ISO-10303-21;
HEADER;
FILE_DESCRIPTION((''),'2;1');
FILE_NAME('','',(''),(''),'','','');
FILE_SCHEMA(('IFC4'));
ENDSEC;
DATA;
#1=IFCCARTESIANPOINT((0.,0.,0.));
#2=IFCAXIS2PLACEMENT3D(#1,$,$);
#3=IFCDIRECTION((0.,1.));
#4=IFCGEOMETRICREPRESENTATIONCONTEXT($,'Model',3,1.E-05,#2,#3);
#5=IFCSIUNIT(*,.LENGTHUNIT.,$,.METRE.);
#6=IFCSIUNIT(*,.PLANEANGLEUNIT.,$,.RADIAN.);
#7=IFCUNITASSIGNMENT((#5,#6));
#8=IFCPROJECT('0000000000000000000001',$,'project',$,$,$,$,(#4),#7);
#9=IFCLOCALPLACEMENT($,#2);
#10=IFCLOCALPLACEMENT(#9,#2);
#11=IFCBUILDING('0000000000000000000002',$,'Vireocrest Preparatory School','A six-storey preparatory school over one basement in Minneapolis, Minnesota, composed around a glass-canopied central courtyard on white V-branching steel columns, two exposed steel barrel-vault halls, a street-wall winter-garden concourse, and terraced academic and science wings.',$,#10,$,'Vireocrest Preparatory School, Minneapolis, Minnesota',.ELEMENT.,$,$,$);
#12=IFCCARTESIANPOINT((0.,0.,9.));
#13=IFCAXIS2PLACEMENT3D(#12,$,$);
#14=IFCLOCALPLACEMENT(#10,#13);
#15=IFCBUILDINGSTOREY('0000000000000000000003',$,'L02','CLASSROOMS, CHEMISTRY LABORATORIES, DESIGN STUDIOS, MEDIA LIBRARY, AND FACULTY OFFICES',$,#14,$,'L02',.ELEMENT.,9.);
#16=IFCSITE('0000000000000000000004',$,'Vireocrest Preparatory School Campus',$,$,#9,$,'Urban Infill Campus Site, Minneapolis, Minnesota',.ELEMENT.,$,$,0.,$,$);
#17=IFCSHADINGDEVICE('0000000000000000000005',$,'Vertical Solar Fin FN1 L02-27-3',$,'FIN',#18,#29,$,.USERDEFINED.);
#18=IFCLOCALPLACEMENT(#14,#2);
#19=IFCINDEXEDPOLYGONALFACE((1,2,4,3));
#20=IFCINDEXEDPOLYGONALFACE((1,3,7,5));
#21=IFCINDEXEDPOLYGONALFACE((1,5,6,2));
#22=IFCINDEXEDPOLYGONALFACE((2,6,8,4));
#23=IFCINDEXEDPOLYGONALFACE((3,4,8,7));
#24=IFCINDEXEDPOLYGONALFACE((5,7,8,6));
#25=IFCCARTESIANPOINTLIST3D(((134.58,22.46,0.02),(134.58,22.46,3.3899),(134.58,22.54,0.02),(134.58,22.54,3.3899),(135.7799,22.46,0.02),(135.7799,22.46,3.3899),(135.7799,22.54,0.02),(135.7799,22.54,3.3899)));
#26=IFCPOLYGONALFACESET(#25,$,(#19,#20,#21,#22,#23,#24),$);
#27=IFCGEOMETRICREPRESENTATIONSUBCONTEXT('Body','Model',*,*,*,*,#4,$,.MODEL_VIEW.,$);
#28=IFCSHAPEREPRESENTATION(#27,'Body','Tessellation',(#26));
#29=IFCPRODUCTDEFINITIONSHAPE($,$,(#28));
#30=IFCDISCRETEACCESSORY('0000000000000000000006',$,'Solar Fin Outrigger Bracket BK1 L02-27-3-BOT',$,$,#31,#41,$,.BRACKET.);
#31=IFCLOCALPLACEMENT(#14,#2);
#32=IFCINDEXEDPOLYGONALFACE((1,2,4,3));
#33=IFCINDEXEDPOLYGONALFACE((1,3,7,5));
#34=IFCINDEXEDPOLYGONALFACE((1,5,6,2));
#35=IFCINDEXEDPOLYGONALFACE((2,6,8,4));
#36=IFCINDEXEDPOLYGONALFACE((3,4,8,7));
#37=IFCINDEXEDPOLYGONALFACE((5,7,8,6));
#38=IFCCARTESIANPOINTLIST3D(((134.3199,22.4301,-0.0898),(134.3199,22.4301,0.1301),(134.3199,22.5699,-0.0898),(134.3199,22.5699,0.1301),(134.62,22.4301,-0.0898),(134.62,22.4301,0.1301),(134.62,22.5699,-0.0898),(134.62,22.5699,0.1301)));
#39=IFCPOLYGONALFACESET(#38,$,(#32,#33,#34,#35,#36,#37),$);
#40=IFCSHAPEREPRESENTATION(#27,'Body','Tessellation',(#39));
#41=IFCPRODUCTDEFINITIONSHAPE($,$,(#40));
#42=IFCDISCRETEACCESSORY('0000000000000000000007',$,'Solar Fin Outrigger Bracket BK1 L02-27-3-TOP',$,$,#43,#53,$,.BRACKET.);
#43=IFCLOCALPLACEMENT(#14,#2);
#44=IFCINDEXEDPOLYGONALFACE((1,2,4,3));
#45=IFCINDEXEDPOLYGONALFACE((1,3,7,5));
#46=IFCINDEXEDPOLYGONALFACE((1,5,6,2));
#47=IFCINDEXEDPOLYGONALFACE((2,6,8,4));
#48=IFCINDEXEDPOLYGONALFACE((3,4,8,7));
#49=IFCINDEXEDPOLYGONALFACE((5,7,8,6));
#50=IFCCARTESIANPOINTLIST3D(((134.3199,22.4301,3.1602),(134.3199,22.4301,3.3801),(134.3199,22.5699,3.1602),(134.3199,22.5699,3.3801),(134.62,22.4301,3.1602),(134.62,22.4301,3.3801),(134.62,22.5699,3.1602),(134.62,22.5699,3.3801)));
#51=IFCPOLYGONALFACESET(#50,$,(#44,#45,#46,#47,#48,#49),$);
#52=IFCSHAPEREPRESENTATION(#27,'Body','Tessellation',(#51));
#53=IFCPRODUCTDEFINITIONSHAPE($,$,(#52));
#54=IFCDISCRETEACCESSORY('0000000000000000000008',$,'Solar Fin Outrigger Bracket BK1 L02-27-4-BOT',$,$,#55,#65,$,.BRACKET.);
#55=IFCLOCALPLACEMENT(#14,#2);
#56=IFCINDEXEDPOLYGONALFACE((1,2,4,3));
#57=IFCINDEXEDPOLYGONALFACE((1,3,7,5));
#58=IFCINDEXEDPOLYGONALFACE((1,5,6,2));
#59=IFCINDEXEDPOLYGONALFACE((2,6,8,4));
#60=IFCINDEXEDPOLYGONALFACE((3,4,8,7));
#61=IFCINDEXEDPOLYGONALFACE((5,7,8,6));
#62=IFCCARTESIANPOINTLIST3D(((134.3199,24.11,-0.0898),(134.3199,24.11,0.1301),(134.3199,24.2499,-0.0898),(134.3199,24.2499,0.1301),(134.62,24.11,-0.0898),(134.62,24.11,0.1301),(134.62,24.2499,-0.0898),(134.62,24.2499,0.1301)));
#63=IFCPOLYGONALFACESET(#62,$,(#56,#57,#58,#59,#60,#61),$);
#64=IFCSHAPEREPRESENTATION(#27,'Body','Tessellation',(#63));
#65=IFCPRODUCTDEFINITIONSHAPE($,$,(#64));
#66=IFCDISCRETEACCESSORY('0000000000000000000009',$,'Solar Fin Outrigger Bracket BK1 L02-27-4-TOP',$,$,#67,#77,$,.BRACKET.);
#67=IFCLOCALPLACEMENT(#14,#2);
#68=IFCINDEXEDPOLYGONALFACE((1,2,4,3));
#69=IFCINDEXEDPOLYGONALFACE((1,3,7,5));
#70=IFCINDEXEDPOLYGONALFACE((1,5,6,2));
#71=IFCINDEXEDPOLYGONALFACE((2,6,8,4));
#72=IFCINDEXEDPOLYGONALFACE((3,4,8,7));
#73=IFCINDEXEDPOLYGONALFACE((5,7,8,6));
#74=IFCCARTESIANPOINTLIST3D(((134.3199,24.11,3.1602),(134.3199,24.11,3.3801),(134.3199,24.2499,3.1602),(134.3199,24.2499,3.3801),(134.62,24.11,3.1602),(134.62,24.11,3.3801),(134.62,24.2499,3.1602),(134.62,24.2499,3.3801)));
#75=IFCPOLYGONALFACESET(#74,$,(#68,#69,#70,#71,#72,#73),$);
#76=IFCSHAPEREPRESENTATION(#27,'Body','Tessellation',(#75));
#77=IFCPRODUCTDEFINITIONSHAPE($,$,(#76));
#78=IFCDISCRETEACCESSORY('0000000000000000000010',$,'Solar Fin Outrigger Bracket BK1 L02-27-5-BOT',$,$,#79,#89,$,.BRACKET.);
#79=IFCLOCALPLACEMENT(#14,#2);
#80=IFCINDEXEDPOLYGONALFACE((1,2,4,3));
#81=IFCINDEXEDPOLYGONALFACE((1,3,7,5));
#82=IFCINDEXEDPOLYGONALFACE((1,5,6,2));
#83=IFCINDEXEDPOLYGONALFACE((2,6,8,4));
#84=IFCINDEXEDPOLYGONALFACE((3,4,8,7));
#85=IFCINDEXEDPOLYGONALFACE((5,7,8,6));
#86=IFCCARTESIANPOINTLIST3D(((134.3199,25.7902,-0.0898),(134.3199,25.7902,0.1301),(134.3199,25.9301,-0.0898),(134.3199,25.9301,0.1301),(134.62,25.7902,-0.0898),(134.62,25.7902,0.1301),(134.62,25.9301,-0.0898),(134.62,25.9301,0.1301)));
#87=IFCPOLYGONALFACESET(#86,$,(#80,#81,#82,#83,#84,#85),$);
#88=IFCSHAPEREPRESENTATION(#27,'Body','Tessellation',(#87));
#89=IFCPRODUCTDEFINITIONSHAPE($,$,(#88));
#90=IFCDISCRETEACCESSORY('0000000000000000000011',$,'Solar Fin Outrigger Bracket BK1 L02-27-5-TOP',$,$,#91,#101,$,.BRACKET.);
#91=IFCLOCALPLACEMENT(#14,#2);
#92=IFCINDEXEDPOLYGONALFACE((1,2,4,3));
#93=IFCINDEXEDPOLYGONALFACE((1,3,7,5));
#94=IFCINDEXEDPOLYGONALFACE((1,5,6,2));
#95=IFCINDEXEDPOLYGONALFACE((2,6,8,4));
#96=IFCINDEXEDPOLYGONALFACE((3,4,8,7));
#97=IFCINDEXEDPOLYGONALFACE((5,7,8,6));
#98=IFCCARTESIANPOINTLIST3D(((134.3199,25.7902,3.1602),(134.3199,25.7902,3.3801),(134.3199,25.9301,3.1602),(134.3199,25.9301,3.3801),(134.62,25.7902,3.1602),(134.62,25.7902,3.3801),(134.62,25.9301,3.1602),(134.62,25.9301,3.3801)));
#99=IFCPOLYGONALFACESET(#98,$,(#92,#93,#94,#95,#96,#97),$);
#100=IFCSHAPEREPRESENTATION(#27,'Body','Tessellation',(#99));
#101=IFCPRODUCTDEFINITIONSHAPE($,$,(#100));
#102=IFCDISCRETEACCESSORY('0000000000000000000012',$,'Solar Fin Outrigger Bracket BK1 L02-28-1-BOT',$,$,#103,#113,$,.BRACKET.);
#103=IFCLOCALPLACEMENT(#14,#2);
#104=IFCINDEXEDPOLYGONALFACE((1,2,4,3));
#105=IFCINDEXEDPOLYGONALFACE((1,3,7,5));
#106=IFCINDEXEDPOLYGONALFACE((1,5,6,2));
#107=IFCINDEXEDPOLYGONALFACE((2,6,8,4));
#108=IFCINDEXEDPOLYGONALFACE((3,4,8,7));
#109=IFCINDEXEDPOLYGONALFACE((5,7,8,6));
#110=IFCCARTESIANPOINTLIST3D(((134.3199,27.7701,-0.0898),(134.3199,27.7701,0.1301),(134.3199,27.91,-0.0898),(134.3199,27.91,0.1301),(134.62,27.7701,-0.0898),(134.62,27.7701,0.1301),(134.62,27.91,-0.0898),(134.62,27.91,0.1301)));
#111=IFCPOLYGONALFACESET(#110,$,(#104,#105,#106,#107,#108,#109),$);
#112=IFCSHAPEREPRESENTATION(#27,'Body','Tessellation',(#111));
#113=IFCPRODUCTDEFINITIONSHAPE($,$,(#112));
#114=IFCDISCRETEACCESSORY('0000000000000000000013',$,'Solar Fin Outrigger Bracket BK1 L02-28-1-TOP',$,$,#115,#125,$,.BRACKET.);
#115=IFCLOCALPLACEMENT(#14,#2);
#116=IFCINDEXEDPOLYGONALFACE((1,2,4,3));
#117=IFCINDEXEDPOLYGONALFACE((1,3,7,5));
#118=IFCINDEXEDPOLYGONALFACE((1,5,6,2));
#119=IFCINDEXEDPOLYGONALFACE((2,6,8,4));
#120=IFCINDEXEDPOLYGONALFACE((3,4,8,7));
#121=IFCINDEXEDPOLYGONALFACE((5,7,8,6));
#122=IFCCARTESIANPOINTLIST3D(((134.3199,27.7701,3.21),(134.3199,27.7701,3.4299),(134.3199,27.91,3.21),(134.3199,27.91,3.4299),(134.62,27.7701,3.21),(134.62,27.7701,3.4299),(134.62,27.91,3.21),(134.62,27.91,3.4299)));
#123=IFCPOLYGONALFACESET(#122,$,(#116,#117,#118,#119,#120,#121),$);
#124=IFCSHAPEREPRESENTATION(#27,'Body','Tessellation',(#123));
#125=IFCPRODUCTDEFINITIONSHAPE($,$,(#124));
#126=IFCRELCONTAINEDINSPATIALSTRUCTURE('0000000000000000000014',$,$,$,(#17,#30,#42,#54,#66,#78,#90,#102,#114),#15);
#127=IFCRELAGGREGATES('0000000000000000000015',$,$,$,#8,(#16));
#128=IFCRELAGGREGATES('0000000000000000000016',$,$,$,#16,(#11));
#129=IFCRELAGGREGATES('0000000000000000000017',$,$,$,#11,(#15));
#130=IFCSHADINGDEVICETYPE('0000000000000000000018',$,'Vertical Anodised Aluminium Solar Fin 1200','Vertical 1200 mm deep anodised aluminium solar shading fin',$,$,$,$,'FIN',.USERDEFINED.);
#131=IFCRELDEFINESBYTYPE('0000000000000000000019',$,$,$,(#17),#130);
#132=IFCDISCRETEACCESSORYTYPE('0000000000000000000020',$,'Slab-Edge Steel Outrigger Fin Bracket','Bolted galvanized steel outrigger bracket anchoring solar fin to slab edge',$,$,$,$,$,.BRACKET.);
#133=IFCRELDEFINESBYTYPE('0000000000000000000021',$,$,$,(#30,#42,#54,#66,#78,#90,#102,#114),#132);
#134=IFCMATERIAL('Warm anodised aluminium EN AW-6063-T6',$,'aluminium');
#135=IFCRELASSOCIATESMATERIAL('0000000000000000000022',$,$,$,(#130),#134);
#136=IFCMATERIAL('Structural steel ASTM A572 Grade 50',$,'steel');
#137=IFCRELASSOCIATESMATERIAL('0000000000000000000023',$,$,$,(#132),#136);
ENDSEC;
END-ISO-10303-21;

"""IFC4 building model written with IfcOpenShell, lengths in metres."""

from ifc_helpers import new_model, si_unit, direction, frame, origin, origin_2d, place, context, subcontext, project, spatial, rectangle, extrude, material, material_profile, profile_set, type_object, element, save


model = new_model("IFC4")

# Units and contexts
model_context = context("Model", 3, precision=1e-05, world=origin(), true_north=direction((0.0, 1.0)))
body_context = subcontext(model_context, "Body", "Model", "MODEL_VIEW")
ifc_project = project(units=[si_unit("LENGTHUNIT", "METRE"), si_unit("PLANEANGLEUNIT", "RADIAN")], contexts=[model_context])

# Site, building, storey
site_placement = place(None, origin())
site = spatial("IfcSite", under=ifc_project, at=site_placement, Name="Vireocrest Preparatory School Campus", LongName="Urban Infill Campus Site, Minneapolis, Minnesota", CompositionType="ELEMENT", RefElevation=0.0)
building_placement = place(site_placement, origin())
building = spatial("IfcBuilding", under=site, at=building_placement, Name="Vireocrest Preparatory School", Description="A six-storey preparatory school over one basement in Minneapolis, Minnesota, composed around a glass-canopied central courtyard on white V-branching steel columns, two exposed steel barrel-vault halls, a street-wall winter-garden concourse, and terraced academic and science wings.", LongName="Vireocrest Preparatory School, Minneapolis, Minnesota", CompositionType="ELEMENT")
storey_placement = place(building_placement, frame((0.0, 0.0, 9.0)))
storey = spatial("IfcBuildingStorey", under=building, at=storey_placement, Name="L02", Description="CLASSROOMS, CHEMISTRY LABORATORIES, DESIGN STUDIOS, MEDIA LIBRARY, AND FACULTY OFFICES", LongName="L02", CompositionType="ELEMENT", Elevation=9.0)

# Shading device
ifc_material_1 = material(Name="Warm anodised aluminium EN AW-6063-T6", Category="aluminium")
ifc_material_profile_1 = material_profile(ifc_material_1, rectangle(XDim=0.0801, YDim=1.2, at=origin_2d()), Name="FIN 80x1200")
ifc_profile_set_1 = profile_set([ifc_material_profile_1], Name="Warm anodised aluminium EN AW-6063-T6")
shading_device_type = type_object("IfcShadingDeviceType", Name="Vertical Anodised Aluminium Solar Fin 1200", Description="Vertical 1200 mm deep anodised aluminium solar shading fin", ElementType="FIN", PredefinedType="USERDEFINED", material=ifc_profile_set_1)
shading_device_placement = place(storey_placement, frame((135.1799, 22.5, 0.02), z_axis=(0.0, 0.0, 1.0), x_axis=(0.0, -1.0, 0.0)))
element("IfcShadingDevice", 1, at=shading_device_placement, inside=storey, type_object=shading_device_type, Name="Vertical Solar Fin FN1 L02-27-3", ObjectType="FIN", PredefinedType="USERDEFINED", context=body_context, shape_type="SweptSolid", body=[
    extrude(rectangle(XDim=0.0801, YDim=1.2, at=origin_2d()), origin(), (0.0, 0.0, 1.0), 3.3699),
])

# Discrete accessories
ifc_material_2 = material(Name="Structural steel ASTM A572 Grade 50", Category="steel")
discrete_accessory_type = type_object("IfcDiscreteAccessoryType", Name="Slab-Edge Steel Outrigger Fin Bracket", Description="Bolted galvanized steel outrigger bracket anchoring solar fin to slab edge", PredefinedType="BRACKET", material=ifc_material_2)
for number, where, z_axis, x_axis, name in (
    (2, (134.47, 22.5, -0.0898), (0.0, 0.0, 1.0), (0.0, -1.0, 0.0), "Solar Fin Outrigger Bracket BK1 L02-27-3-BOT"),
    (3, (134.47, 22.5, 3.1602), (0.0, 0.0, 1.0), (0.0, -1.0, 0.0), "Solar Fin Outrigger Bracket BK1 L02-27-3-TOP"),
    (4, (134.47, 24.1799, -0.0898), (0.0, 0.0, 1.0), (0.0, -1.0, 0.0), "Solar Fin Outrigger Bracket BK1 L02-27-4-BOT"),
    (5, (134.47, 24.1799, 3.1602), (0.0, 0.0, 1.0), (0.0, -1.0, 0.0), "Solar Fin Outrigger Bracket BK1 L02-27-4-TOP"),
    (6, (134.47, 25.8601, -0.0898), (0.0, 0.0, 1.0), (0.0, -1.0, 0.0), "Solar Fin Outrigger Bracket BK1 L02-27-5-BOT"),
    (7, (134.47, 25.8601, 3.1602), (0.0, 0.0, 1.0), (0.0, -1.0, 0.0), "Solar Fin Outrigger Bracket BK1 L02-27-5-TOP"),
    (8, (134.47, 27.8401, -0.0898), (0.0, 0.0, 1.0), (0.0, -1.0, 0.0), "Solar Fin Outrigger Bracket BK1 L02-28-1-BOT"),
    (9, (134.47, 27.8401, 3.21), (0.0, 0.0, 1.0), (0.0, -1.0, 0.0), "Solar Fin Outrigger Bracket BK1 L02-28-1-TOP"),
):
    element("IfcDiscreteAccessory", number, at=place(storey_placement, frame(where, z_axis=z_axis, x_axis=x_axis)), inside=storey, type_object=discrete_accessory_type, Name=name, PredefinedType="BRACKET", context=body_context, shape_type="SweptSolid", body=[
        extrude(rectangle(XDim=0.1399, YDim=0.3, at=origin_2d()), origin(), (0.0, 0.0, 1.0), 0.22),
    ])

save(model, "model.ifc")
